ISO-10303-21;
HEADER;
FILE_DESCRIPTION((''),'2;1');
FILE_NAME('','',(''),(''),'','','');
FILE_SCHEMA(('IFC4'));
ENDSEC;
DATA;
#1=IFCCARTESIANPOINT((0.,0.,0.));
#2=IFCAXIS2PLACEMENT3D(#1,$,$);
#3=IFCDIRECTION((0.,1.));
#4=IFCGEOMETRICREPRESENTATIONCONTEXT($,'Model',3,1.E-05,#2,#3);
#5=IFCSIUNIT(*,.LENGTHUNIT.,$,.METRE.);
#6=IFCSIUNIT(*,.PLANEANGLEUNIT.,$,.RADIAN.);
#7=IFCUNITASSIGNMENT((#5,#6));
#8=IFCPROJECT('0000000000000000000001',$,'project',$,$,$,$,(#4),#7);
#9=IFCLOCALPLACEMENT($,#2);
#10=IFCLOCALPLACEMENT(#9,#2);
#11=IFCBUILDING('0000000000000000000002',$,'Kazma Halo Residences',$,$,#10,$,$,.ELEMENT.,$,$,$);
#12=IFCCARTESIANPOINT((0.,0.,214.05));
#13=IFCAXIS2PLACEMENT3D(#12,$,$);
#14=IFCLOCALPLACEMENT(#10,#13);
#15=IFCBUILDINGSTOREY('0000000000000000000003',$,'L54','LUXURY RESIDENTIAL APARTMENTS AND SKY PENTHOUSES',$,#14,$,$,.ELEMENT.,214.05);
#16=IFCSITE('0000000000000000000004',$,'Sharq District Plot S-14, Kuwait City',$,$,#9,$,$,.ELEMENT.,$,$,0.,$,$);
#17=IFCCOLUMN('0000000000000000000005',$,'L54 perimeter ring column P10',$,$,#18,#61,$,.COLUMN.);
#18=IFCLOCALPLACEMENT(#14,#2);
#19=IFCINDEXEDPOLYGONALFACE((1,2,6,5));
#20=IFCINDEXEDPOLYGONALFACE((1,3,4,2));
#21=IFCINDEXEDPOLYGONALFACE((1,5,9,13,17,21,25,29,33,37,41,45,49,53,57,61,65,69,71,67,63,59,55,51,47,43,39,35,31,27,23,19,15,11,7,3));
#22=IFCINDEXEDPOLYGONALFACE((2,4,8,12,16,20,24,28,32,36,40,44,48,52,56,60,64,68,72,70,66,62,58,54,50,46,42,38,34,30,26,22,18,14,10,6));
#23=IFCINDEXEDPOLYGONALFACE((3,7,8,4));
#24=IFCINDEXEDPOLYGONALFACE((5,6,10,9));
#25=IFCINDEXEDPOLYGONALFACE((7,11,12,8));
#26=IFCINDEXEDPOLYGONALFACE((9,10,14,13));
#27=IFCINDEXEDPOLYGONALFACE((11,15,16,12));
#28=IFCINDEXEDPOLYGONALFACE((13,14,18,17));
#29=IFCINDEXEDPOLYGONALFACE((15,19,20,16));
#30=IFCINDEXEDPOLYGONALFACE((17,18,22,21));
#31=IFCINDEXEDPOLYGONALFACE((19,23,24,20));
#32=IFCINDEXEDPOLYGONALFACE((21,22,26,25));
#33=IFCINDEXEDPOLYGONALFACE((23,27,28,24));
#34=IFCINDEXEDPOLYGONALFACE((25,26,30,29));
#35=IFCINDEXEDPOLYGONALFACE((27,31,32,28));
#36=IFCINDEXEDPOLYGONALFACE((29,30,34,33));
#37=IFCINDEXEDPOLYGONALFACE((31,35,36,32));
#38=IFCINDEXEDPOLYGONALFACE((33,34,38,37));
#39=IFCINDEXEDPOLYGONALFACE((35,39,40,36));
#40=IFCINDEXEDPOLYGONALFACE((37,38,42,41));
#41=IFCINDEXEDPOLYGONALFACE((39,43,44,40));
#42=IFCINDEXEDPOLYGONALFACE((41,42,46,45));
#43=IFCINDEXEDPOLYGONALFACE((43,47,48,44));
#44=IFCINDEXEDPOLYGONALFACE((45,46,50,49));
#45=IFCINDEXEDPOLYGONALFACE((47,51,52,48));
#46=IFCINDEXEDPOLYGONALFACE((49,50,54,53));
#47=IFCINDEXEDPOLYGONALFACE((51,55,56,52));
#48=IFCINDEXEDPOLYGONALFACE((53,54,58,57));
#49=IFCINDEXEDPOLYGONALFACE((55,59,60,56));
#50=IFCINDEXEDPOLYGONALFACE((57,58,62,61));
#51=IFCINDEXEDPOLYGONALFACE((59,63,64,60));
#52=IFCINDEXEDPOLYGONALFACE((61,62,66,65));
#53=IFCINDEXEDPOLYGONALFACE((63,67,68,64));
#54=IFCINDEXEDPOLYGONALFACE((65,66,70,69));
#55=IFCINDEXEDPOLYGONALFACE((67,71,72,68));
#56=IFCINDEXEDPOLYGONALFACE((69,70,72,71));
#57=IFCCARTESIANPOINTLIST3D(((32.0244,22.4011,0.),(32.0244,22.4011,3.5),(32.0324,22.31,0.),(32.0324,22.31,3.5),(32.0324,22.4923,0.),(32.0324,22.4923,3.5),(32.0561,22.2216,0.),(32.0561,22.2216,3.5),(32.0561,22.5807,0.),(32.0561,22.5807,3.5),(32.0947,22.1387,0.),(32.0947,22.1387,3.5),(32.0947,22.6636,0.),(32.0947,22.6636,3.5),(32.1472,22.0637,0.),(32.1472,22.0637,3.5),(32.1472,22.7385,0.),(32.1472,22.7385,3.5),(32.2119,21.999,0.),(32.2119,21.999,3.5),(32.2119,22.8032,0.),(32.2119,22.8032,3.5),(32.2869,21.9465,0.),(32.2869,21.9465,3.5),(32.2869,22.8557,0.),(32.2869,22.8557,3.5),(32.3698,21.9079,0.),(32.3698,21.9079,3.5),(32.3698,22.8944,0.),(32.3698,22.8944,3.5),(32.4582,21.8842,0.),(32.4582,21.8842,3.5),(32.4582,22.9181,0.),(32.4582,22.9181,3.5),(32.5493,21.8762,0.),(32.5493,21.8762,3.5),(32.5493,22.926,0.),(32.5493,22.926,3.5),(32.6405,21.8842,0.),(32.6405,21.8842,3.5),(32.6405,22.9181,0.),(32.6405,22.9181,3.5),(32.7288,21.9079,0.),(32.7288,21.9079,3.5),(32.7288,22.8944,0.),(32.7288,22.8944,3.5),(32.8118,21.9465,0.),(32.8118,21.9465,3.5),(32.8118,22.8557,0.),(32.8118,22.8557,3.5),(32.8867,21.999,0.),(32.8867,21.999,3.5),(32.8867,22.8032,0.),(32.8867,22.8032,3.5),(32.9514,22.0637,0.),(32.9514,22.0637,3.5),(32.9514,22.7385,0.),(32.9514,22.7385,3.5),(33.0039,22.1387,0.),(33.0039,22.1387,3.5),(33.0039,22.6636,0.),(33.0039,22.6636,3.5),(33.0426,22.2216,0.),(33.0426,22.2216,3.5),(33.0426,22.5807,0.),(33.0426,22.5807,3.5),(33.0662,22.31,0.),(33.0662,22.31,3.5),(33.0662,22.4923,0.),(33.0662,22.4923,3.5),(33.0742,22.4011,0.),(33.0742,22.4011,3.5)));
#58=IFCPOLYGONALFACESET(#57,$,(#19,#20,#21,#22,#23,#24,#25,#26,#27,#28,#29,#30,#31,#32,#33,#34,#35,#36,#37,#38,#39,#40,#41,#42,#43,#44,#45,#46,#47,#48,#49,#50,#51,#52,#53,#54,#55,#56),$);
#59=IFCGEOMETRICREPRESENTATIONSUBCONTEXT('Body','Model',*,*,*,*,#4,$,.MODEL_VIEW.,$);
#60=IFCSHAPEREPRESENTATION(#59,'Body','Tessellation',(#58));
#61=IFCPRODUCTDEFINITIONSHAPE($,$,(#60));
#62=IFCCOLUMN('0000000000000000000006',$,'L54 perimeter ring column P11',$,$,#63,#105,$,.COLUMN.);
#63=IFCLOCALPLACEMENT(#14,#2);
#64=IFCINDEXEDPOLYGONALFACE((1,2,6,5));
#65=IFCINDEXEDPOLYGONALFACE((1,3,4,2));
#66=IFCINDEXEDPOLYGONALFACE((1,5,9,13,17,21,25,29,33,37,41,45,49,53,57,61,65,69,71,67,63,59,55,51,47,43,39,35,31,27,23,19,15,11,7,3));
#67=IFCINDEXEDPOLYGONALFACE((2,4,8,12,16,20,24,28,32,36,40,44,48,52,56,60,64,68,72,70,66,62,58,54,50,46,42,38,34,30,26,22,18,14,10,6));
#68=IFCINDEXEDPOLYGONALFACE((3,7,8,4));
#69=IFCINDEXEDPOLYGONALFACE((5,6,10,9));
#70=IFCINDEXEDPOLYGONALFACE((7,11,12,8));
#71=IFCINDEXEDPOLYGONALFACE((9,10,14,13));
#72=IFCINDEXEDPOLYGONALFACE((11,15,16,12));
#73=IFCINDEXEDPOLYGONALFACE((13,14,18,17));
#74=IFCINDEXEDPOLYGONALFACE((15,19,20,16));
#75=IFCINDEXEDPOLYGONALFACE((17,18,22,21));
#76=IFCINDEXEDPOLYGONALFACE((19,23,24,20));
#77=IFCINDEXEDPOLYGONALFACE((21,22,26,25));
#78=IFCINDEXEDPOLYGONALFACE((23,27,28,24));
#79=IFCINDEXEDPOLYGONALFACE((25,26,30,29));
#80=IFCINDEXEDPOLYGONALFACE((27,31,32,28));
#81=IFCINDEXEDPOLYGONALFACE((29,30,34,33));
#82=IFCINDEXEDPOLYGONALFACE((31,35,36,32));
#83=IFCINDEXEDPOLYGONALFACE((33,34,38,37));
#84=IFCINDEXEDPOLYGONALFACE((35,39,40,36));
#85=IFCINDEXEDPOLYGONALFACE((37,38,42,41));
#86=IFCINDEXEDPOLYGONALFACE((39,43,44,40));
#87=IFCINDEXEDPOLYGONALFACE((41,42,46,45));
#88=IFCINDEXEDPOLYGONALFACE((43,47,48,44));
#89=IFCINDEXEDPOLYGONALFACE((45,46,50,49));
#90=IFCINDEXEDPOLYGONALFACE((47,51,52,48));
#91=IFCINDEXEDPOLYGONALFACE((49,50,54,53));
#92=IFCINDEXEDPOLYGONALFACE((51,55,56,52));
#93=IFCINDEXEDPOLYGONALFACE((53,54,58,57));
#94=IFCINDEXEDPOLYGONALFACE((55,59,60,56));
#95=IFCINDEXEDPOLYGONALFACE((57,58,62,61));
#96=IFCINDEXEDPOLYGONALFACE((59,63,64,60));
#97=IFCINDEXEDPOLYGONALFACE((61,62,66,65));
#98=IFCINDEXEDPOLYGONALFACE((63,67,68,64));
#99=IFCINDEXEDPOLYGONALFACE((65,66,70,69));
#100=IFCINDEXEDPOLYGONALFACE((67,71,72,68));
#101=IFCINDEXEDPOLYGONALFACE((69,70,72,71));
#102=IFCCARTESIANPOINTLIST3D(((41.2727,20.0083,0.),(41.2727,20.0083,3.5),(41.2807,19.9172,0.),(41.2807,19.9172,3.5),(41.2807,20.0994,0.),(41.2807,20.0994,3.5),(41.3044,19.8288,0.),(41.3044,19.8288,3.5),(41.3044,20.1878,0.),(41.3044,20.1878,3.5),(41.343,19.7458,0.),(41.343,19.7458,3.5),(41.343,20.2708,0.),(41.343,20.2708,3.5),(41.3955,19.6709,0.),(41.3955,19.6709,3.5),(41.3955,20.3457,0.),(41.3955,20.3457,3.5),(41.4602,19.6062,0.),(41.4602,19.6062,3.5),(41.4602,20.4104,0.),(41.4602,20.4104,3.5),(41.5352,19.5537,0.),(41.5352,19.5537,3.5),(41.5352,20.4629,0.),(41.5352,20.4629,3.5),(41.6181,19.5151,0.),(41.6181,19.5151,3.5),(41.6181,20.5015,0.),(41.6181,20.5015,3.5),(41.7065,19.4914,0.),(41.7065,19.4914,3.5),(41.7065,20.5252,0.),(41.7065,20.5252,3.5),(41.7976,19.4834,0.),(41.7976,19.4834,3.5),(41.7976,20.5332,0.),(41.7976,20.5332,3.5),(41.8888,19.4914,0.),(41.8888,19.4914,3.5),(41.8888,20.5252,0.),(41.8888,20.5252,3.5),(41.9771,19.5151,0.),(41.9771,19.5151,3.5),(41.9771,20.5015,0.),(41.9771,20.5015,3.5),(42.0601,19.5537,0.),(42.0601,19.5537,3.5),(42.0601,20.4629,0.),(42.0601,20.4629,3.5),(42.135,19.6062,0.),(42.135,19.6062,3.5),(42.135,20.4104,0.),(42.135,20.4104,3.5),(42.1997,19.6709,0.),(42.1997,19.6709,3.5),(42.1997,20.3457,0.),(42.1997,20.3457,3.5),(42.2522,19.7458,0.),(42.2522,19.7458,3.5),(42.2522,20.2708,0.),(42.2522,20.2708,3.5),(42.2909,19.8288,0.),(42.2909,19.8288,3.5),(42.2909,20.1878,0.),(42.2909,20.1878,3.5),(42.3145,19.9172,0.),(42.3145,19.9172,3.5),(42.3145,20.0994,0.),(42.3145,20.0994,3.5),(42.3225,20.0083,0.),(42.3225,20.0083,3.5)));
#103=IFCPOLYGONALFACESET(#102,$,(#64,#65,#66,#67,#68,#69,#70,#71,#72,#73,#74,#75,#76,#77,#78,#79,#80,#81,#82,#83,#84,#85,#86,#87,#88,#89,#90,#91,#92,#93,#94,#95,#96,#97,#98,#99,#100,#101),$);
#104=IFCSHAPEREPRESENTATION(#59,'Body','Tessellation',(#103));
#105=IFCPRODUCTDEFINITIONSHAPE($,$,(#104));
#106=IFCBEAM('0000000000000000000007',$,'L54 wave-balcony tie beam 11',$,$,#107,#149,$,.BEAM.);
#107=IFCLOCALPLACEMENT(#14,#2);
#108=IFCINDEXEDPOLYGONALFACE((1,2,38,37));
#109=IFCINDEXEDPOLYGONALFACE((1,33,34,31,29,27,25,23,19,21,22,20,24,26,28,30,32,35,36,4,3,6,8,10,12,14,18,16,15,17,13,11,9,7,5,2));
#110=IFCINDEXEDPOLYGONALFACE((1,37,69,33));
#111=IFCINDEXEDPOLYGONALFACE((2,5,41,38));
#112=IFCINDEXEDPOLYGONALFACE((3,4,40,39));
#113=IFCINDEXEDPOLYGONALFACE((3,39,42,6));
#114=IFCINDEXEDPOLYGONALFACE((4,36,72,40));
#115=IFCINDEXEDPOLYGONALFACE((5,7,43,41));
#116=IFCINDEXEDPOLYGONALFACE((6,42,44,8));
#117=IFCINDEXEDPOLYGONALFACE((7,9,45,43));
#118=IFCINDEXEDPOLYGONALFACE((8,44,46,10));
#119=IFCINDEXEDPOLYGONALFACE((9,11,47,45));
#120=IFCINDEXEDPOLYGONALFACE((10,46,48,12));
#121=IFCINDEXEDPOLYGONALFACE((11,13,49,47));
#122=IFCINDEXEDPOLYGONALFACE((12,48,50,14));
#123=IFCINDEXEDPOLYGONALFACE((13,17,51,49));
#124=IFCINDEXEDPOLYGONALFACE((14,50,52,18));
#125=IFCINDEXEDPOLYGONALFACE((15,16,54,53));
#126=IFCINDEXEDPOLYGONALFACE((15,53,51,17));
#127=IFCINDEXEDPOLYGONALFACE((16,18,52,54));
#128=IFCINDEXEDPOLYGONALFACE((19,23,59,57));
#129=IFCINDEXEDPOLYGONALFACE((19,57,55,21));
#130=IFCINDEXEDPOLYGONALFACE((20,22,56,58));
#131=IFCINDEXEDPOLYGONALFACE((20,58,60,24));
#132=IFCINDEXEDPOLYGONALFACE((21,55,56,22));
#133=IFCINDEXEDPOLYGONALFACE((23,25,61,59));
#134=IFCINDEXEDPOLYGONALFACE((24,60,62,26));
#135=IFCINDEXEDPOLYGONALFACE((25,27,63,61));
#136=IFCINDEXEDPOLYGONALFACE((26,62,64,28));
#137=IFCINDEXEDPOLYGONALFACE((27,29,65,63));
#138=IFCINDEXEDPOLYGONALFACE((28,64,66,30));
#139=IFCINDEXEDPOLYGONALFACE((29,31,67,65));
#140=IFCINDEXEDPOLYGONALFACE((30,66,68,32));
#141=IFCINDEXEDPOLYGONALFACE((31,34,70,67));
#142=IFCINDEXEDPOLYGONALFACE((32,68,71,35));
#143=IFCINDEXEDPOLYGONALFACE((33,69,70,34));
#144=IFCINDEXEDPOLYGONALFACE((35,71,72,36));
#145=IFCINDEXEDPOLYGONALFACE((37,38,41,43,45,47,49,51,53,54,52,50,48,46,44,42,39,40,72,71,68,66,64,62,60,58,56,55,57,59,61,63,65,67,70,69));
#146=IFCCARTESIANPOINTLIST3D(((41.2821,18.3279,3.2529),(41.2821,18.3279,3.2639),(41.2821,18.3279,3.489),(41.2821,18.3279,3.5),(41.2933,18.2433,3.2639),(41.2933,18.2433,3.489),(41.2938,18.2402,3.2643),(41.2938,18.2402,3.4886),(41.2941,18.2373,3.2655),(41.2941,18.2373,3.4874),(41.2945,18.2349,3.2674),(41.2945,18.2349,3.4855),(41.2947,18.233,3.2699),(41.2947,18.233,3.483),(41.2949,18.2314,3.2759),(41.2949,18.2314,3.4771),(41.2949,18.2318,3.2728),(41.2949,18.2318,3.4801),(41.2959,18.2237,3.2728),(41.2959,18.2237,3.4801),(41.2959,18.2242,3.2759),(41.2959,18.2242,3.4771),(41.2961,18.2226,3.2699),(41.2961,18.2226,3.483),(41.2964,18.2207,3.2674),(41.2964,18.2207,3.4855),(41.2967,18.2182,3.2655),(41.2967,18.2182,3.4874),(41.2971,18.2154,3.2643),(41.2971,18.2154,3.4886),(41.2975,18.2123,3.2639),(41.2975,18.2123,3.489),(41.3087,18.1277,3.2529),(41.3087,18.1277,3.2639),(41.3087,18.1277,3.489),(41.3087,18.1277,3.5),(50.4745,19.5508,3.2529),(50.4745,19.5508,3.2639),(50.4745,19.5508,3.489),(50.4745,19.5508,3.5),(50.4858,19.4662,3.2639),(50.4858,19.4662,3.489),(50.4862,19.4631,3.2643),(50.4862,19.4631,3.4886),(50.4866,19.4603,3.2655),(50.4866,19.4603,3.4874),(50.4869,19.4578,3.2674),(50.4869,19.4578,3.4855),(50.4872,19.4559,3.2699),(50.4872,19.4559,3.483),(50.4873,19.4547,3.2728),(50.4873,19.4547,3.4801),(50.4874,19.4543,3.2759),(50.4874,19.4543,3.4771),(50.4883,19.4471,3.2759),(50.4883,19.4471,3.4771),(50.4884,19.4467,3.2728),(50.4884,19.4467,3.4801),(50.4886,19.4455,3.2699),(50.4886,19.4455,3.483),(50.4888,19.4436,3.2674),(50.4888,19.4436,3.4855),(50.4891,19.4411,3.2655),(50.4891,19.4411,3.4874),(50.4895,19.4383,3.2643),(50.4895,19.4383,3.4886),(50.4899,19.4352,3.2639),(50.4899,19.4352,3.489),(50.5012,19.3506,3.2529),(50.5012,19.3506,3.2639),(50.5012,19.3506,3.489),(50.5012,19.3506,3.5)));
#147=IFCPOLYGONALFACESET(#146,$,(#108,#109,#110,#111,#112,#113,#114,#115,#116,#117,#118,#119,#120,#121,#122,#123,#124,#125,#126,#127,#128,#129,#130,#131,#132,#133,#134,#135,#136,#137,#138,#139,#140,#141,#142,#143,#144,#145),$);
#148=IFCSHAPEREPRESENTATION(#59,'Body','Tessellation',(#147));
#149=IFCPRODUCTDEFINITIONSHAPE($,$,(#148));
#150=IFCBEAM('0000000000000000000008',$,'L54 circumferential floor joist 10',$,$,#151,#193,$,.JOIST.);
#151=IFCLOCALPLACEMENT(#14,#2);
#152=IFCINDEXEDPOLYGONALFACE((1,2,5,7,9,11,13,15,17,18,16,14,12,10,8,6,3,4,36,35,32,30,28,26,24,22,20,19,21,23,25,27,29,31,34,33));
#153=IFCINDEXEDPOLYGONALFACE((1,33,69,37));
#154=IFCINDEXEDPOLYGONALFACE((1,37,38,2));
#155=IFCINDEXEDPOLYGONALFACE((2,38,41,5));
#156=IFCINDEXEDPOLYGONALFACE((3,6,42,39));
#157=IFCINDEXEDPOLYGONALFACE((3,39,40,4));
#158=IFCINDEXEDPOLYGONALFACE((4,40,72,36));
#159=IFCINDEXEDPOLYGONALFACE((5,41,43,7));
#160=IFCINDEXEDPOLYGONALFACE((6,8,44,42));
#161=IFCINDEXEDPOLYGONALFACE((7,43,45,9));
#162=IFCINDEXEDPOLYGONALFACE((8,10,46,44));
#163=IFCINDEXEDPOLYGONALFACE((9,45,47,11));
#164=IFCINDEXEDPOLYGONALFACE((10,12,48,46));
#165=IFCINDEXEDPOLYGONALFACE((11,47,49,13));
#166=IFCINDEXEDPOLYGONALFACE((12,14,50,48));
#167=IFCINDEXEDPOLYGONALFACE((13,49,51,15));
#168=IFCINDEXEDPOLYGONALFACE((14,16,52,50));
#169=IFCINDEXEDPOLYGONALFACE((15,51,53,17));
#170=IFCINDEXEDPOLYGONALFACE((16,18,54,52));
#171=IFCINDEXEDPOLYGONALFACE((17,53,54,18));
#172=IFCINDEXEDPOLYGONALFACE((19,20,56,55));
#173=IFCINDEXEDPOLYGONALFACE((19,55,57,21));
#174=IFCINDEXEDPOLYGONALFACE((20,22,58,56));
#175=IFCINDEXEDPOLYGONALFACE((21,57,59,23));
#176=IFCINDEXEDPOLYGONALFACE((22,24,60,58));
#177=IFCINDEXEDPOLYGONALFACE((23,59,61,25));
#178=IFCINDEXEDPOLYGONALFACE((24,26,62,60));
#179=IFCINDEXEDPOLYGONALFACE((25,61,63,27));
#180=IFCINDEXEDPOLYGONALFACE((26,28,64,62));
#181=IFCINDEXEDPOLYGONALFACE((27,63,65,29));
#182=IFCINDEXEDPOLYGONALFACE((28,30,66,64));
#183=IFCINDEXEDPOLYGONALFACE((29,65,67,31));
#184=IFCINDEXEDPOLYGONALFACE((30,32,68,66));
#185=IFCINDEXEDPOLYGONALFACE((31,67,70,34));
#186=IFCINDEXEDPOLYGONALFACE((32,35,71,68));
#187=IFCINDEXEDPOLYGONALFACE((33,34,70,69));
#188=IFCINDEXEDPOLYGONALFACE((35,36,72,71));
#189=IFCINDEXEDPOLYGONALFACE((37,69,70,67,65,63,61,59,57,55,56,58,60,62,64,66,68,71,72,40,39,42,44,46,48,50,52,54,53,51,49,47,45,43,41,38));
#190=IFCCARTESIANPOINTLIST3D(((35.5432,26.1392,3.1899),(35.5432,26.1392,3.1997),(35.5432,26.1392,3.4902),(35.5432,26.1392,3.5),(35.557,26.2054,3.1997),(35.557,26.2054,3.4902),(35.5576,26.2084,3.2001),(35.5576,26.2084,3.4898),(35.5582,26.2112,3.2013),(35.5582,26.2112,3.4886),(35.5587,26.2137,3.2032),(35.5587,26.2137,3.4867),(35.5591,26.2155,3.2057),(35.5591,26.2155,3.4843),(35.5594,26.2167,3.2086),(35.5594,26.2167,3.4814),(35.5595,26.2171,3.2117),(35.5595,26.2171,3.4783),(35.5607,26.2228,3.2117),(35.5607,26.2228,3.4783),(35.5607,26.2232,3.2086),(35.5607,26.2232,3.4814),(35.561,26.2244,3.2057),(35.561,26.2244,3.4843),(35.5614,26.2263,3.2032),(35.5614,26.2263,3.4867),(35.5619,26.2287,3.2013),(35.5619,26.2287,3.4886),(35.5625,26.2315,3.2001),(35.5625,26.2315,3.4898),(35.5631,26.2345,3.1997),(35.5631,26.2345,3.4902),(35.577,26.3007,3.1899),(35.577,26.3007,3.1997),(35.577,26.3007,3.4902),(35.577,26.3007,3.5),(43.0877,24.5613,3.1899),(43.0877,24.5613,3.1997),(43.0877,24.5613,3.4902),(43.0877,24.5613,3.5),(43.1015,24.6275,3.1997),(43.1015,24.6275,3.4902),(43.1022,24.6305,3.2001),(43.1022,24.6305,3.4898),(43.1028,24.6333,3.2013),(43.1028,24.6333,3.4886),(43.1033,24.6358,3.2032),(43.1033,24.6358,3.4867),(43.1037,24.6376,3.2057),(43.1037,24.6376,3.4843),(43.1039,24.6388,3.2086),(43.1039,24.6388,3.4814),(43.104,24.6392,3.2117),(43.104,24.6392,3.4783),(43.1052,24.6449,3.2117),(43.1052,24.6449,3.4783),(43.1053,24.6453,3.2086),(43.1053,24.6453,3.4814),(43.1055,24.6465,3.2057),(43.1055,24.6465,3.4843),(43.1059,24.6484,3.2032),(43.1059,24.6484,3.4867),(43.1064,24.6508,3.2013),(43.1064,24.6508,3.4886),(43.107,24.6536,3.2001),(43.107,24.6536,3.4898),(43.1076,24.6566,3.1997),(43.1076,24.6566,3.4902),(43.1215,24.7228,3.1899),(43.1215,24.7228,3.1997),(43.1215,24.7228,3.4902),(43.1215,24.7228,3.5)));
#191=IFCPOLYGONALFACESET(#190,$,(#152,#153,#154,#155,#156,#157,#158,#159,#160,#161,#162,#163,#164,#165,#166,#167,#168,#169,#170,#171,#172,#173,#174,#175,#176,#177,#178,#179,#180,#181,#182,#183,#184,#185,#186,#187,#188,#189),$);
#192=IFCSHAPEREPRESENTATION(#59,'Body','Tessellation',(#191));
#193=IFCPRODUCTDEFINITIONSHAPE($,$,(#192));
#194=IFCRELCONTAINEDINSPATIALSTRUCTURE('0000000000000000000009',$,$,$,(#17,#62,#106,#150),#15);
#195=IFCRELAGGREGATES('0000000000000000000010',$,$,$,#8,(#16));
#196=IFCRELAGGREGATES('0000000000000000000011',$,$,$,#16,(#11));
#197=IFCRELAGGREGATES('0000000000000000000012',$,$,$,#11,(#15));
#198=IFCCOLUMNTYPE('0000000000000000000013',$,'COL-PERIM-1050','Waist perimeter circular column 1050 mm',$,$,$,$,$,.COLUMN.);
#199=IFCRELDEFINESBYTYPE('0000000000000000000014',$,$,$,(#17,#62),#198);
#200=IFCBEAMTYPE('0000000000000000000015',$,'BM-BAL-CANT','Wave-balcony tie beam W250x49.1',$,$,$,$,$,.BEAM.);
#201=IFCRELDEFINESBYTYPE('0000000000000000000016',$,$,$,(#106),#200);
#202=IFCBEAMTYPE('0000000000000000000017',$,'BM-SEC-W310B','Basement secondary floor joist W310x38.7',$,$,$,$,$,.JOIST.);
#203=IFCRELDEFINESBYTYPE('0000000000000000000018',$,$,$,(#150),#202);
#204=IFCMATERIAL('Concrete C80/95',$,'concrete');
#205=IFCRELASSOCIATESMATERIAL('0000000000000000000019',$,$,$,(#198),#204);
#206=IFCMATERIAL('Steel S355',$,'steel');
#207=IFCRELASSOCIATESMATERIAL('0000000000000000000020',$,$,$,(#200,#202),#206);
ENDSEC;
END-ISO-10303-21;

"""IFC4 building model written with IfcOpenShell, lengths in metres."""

from ifc_helpers import new_model, si_unit, direction, frame, origin, origin_2d, place, context, subcontext, project, spatial, circle, i_section, extrude, material, material_profile, profile_set, type_object, element, save


model = new_model("IFC4")

# Units and contexts
model_context = context("Model", 3, precision=1e-05, world=origin(), true_north=direction((0.0, 1.0)))
body_context = subcontext(model_context, "Body", "Model", "MODEL_VIEW")
ifc_project = project(units=[si_unit("LENGTHUNIT", "METRE"), si_unit("PLANEANGLEUNIT", "RADIAN")], contexts=[model_context])

# Site, building, storey
site_placement = place(None, origin())
site = spatial("IfcSite", under=ifc_project, at=site_placement, Name="Sharq District Plot S-14, Kuwait City", CompositionType="ELEMENT", RefElevation=0.0)
building_placement = place(site_placement, origin())
building = spatial("IfcBuilding", under=site, at=building_placement, Name="Kazma Halo Residences", CompositionType="ELEMENT")
storey_placement = place(building_placement, frame((0.0, 0.0, 214.05)))
storey = spatial("IfcBuildingStorey", under=building, at=storey_placement, Name="L54", Description="LUXURY RESIDENTIAL APARTMENTS AND SKY PENTHOUSES", CompositionType="ELEMENT", Elevation=214.05)

# Columns
ifc_material_1 = material(Name="Concrete C80/95", Category="concrete")
ifc_material_profile_1 = material_profile(ifc_material_1, circle(Radius=0.5249, at=origin_2d()), Name="CIRC1050")
ifc_profile_set_1 = profile_set([ifc_material_profile_1], Name="Concrete C80/95")
column_type = type_object("IfcColumnType", Name="COL-PERIM-1050", Description="Waist perimeter circular column 1050 mm", PredefinedType="COLUMN", material=ifc_profile_set_1)
for number, where, z_axis, x_axis, name in (
    (1, (32.5493, 22.4011, 0.0), (0.0, 0.0, 1.0), (1.0, 0.0, 0.0), "L54 perimeter ring column P10"),
    (2, (41.7976, 20.0083, 0.0), (0.0, 0.0, 1.0), (1.0, 0.0, 0.0), "L54 perimeter ring column P11"),
):
    element("IfcColumn", number, at=place(storey_placement, frame(where, z_axis=z_axis, x_axis=x_axis)), inside=storey, type_object=column_type, Name=name, PredefinedType="COLUMN", context=body_context, shape_type="SweptSolid", body=[
        extrude(circle(Radius=0.5249, at=origin_2d()), origin(), (0.0, 0.0, 1.0), 3.5),
    ])

# Beams
ifc_material_2 = material(Name="Steel S355", Category="steel")
ifc_material_profile_2 = material_profile(ifc_material_2, i_section(OverallWidth=0.2019, OverallDepth=0.2471, WebThickness=0.0073, FlangeThickness=0.011, FilletRadius=0.012, at=origin_2d()), Name="W250x49.1")
ifc_profile_set_2 = profile_set([ifc_material_profile_2], Name="Steel S355")
beam_type_1 = type_object("IfcBeamType", Name="BM-BAL-CANT", Description="Wave-balcony tie beam W250x49.1", PredefinedType="BEAM", material=ifc_profile_set_2)
beam_1_placement = place(storey_placement, frame((41.2954, 18.2278, 3.3765), z_axis=(0.991267, 0.131872, 0.0), x_axis=(-0.131872, 0.991267, 0.0)))
element("IfcBeam", 3, at=beam_1_placement, inside=storey, type_object=beam_type_1, Name="L54 wave-balcony tie beam 11", PredefinedType="BEAM", context=body_context, shape_type="SweptSolid", body=[
    extrude(i_section(OverallWidth=0.2019, OverallDepth=0.2471, WebThickness=0.0073, FlangeThickness=0.011, FilletRadius=0.012, at=origin_2d()), origin(), (0.0, 0.0, 1.0), 9.2734),
])
ifc_material_profile_3 = material_profile(ifc_material_2, i_section(OverallWidth=0.165, OverallDepth=0.3101, WebThickness=0.0059, FlangeThickness=0.0098, FilletRadius=0.012, at=origin_2d()), Name="W310x38.7")
ifc_profile_set_3 = profile_set([ifc_material_profile_3], Name="Steel S355")
beam_type_2 = type_object("IfcBeamType", Name="BM-SEC-W310B", Description="Basement secondary floor joist W310x38.7", PredefinedType="JOIST", material=ifc_profile_set_3)
beam_2_placement = place(storey_placement, frame((35.5601, 26.22, 3.345), z_axis=(0.978821, -0.204716, 0.0), x_axis=(0.204716, 0.978821, 0.0)))
element("IfcBeam", 4, at=beam_2_placement, inside=storey, type_object=beam_type_2, Name="L54 circumferential floor joist 10", PredefinedType="JOIST", context=body_context, shape_type="SweptSolid", body=[
    extrude(i_section(OverallWidth=0.165, OverallDepth=0.3101, WebThickness=0.0059, FlangeThickness=0.0098, FilletRadius=0.012, at=origin_2d()), origin(), (0.0, 0.0, 1.0), 7.7078),
])

save(model, "model.ifc")
